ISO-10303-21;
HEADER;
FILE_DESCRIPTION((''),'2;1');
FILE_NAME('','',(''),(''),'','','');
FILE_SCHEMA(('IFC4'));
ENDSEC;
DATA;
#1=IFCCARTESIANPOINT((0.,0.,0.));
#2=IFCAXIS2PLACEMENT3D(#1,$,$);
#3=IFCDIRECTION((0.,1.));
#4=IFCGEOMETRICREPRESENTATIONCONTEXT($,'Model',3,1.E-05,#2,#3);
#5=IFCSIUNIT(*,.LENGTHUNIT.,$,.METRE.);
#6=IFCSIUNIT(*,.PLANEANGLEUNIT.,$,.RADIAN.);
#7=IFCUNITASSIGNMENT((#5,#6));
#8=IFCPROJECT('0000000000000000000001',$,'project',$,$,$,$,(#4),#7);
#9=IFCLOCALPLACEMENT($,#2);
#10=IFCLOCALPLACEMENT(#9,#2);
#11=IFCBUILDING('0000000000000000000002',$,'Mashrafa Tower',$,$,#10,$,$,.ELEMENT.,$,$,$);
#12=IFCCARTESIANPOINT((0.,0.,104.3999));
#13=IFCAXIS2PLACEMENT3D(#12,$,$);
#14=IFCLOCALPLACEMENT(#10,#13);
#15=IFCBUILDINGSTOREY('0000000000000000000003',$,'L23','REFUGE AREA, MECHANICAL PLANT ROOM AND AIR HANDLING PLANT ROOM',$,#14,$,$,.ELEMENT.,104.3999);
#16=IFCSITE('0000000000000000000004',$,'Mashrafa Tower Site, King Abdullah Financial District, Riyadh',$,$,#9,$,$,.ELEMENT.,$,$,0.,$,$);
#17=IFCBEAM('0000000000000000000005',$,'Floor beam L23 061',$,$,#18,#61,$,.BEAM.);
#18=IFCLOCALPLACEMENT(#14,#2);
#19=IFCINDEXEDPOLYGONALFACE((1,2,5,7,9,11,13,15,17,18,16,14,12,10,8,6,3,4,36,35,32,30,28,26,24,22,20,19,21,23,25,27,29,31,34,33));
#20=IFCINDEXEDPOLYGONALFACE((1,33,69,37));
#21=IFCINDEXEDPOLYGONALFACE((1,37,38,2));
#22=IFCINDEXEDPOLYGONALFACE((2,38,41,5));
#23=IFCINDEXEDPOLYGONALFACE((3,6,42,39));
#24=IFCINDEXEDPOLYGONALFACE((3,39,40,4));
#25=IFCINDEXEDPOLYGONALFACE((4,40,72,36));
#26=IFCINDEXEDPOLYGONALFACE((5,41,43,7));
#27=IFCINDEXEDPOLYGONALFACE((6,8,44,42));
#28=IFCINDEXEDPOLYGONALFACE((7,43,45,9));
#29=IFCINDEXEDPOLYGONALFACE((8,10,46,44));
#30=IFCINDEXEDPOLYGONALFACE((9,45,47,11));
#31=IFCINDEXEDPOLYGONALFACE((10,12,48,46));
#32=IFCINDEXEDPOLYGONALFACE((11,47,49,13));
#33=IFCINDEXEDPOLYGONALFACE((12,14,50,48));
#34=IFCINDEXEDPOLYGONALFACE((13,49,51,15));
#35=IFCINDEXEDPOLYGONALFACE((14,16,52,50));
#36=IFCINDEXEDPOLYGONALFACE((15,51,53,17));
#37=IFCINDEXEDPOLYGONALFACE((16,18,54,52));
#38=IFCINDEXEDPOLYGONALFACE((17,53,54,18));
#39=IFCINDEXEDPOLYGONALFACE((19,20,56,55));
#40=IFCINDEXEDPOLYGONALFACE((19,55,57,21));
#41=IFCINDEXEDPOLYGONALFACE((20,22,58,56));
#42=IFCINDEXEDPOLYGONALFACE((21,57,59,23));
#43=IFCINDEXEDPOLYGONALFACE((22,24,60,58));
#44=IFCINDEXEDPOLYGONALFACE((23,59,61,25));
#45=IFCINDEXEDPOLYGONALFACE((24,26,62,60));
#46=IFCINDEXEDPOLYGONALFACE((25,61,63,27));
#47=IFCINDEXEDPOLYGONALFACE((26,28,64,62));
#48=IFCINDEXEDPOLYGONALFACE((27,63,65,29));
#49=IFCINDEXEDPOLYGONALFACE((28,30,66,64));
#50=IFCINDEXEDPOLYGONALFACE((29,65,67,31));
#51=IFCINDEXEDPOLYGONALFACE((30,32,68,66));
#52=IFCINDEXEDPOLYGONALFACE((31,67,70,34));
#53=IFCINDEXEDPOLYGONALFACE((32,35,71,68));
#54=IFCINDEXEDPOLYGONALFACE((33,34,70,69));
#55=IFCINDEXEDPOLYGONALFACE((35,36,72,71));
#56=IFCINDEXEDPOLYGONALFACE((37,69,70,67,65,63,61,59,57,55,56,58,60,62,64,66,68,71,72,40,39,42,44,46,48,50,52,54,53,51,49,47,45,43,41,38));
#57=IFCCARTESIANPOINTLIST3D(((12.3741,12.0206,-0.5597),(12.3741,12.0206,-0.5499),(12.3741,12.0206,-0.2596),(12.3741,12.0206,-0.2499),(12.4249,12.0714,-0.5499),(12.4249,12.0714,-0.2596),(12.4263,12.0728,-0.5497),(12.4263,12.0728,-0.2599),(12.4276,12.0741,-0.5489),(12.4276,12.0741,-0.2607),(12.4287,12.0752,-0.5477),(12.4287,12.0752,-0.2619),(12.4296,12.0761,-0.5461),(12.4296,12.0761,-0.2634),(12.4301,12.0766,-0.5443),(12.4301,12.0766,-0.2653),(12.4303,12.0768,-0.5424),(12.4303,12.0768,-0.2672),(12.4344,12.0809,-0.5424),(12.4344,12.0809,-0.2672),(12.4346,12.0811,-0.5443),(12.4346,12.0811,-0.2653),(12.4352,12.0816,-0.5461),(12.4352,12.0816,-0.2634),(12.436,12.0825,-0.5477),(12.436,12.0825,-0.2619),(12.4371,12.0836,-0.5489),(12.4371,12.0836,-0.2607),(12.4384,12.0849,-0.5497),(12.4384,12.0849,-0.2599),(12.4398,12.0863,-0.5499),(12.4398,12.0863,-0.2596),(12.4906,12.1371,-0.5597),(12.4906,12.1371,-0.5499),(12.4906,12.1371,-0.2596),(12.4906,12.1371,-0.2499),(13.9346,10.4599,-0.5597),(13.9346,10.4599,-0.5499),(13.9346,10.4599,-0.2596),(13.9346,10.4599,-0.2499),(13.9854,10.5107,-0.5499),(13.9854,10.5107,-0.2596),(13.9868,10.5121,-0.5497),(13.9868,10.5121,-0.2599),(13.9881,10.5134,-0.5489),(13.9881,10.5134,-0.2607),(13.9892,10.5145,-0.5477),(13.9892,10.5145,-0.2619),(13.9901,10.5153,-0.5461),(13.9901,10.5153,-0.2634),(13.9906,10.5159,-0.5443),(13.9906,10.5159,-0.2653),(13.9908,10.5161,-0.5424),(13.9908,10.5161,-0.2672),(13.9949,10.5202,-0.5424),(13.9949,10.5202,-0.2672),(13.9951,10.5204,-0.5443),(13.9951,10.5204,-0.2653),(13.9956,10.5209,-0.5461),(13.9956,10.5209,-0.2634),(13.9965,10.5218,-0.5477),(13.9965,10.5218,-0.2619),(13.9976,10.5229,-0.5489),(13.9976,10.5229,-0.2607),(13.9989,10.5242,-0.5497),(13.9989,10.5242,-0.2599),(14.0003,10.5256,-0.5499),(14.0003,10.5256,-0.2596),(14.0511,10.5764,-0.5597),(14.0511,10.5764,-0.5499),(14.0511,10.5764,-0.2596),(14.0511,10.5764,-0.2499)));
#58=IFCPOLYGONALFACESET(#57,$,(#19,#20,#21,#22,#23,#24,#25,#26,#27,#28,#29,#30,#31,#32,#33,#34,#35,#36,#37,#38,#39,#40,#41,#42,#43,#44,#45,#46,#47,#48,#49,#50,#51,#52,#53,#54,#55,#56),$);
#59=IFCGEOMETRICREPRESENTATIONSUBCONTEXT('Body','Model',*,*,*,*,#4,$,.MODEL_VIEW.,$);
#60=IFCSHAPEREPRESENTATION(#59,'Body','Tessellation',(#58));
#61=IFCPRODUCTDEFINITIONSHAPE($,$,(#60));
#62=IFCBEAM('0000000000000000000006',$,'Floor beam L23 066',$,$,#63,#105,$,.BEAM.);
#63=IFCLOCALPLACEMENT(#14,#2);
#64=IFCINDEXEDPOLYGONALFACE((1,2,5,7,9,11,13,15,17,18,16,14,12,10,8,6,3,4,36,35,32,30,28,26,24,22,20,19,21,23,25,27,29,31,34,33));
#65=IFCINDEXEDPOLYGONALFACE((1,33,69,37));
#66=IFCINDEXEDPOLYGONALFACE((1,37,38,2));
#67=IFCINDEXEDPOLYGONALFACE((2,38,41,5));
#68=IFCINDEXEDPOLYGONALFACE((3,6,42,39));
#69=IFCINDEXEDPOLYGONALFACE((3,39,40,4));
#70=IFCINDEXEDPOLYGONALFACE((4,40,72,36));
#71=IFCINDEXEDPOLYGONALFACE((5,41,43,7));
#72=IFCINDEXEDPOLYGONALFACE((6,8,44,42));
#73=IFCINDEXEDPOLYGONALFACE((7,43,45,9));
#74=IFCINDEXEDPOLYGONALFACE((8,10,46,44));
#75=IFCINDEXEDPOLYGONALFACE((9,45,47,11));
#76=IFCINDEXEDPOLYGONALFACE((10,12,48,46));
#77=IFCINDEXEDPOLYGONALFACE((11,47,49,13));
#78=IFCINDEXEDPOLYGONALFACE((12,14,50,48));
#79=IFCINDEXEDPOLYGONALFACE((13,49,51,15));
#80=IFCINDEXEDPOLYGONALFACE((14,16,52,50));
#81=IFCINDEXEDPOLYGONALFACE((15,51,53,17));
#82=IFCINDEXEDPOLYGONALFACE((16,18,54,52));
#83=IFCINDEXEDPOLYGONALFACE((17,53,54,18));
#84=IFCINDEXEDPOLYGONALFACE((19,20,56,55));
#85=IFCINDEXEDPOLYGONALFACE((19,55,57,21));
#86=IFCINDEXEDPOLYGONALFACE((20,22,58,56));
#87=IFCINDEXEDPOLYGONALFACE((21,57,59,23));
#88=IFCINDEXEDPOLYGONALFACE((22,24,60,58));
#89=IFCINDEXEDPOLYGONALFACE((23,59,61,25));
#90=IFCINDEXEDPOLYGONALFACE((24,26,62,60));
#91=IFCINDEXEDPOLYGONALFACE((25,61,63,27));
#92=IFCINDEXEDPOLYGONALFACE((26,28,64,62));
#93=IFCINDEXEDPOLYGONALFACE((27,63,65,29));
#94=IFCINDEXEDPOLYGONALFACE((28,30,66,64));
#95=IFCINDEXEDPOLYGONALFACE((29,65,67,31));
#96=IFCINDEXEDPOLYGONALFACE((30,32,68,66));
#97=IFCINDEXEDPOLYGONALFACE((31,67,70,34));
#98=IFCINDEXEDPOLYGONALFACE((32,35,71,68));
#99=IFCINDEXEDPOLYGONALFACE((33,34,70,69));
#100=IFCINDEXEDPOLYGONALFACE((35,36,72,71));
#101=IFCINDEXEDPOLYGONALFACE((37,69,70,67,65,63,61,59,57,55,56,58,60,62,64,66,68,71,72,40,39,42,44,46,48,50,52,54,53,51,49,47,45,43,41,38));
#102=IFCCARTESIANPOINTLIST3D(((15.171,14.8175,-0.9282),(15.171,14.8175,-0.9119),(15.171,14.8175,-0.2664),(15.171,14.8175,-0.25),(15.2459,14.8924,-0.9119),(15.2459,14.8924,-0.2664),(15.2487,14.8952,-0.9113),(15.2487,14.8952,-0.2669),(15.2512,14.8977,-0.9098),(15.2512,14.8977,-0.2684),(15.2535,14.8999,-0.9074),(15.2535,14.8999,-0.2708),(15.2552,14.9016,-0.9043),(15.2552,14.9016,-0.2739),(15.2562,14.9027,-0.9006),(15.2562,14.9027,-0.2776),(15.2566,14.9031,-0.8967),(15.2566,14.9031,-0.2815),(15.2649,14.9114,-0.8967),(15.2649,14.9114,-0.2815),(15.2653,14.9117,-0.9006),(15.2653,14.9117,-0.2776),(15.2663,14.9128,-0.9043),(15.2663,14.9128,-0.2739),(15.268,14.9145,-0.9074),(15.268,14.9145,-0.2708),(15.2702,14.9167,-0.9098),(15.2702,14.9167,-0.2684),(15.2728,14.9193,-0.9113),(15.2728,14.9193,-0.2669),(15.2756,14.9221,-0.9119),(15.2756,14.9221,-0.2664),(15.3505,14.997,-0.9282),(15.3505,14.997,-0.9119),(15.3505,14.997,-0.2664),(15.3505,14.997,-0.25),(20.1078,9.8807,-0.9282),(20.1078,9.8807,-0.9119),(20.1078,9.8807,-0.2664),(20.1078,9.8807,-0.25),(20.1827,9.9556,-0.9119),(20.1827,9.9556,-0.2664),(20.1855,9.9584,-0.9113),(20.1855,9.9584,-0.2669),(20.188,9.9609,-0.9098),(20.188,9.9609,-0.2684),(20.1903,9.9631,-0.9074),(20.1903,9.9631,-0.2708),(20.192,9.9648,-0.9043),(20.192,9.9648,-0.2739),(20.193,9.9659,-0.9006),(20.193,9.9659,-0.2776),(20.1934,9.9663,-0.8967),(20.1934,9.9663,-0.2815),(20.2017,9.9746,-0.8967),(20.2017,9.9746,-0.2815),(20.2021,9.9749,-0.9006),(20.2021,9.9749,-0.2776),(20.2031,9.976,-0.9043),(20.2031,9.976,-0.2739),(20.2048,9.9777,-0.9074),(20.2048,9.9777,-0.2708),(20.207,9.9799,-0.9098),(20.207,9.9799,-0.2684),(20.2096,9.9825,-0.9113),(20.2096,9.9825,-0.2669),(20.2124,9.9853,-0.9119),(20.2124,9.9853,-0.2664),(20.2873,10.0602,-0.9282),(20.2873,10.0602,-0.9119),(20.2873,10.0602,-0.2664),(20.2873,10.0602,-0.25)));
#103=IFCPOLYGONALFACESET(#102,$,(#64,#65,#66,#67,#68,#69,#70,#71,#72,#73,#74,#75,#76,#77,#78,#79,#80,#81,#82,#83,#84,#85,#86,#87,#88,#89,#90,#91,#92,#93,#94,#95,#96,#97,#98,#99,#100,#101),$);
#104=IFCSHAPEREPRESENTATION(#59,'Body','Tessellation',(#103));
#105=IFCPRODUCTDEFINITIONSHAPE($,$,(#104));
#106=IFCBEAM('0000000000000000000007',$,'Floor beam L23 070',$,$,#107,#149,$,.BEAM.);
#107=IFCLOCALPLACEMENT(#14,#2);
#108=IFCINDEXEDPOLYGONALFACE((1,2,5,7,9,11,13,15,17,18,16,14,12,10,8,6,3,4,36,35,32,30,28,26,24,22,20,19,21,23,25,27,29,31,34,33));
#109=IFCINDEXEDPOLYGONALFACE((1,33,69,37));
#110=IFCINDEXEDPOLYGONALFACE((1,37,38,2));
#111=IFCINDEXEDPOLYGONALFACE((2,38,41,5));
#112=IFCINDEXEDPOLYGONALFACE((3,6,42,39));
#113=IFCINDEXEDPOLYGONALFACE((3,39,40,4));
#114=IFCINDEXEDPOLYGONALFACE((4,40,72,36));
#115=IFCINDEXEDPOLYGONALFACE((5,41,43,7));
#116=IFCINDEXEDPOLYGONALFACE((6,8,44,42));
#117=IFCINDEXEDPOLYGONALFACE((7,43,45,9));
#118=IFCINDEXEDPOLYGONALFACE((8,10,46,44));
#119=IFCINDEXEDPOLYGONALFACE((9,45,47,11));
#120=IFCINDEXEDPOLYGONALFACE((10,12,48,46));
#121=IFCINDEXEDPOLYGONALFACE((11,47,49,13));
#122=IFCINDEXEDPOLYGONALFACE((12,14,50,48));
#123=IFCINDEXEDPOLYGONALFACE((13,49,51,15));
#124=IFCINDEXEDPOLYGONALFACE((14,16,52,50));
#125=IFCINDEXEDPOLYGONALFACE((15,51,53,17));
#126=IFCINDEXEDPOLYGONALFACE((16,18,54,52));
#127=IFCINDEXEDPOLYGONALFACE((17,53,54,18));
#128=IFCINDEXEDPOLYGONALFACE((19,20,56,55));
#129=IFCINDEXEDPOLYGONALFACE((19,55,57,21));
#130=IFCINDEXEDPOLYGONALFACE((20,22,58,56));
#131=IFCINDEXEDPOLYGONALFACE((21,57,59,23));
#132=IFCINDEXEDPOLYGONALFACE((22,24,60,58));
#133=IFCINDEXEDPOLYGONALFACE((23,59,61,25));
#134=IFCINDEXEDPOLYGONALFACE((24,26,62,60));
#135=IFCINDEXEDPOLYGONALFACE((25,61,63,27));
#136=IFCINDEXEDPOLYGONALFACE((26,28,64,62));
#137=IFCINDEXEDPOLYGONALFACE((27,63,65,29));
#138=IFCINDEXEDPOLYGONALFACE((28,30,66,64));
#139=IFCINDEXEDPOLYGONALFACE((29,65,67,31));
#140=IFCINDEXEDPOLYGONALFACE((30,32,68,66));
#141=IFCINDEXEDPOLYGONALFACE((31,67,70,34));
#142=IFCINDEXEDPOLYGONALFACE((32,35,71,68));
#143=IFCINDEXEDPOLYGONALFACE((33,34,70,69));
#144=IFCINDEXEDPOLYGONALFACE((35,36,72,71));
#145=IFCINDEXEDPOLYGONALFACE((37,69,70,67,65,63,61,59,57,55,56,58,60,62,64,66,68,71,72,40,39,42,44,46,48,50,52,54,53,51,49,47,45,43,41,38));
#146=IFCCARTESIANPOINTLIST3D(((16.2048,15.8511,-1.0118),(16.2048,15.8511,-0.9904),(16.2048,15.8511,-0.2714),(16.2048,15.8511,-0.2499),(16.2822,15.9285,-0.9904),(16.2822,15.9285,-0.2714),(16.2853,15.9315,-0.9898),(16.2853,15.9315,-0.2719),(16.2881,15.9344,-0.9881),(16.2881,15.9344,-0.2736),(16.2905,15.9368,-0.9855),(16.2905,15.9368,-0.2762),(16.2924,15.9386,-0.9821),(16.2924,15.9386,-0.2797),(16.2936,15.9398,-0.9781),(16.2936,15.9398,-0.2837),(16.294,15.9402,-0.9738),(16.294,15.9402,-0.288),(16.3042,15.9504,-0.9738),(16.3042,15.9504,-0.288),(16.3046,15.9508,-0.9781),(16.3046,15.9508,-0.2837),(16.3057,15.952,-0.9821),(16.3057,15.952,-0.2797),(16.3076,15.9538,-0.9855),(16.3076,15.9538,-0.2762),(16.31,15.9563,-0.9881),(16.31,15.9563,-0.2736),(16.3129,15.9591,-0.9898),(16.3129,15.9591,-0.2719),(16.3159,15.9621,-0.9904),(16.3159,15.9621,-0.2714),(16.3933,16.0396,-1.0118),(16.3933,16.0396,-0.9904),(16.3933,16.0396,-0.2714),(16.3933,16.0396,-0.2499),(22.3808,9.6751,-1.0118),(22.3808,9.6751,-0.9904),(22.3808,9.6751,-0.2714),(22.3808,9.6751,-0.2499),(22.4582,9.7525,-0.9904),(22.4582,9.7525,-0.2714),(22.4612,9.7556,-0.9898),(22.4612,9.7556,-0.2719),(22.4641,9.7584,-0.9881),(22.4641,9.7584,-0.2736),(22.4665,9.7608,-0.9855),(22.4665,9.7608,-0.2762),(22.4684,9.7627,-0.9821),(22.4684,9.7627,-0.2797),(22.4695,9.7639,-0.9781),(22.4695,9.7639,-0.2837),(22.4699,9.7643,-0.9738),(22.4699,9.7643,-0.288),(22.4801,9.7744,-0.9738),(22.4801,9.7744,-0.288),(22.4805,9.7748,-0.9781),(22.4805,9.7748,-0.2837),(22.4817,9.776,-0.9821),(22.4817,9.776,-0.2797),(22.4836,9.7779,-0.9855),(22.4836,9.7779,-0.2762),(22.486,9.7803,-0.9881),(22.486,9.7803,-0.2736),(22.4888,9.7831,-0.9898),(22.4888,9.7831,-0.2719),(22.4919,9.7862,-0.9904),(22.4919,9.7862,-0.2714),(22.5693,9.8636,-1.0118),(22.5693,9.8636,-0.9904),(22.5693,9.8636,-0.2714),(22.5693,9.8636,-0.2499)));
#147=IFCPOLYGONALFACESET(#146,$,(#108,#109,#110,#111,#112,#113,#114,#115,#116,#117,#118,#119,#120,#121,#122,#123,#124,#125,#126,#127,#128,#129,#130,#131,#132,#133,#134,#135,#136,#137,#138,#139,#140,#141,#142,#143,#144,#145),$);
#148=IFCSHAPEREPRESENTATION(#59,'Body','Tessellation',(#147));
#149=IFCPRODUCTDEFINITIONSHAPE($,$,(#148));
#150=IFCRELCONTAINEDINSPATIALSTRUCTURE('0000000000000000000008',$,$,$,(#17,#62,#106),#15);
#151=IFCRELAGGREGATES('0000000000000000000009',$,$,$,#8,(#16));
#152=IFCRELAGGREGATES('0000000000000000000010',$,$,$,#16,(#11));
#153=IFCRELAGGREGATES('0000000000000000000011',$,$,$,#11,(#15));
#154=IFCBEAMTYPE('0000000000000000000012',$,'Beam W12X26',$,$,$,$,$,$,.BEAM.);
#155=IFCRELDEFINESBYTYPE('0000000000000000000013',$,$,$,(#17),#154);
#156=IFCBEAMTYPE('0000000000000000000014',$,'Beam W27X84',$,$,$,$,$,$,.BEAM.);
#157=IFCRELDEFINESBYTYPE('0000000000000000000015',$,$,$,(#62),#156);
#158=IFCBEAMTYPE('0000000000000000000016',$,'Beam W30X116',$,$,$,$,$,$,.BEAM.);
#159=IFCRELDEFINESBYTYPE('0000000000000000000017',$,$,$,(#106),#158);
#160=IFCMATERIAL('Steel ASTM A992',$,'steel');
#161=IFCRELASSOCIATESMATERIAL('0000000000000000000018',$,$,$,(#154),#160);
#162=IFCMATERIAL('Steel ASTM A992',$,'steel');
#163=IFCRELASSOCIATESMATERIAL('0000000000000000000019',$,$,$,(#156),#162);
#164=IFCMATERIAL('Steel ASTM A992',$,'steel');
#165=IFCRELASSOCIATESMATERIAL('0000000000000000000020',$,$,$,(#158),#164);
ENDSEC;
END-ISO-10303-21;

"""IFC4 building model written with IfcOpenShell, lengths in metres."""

from ifc_helpers import new_model, si_unit, direction, frame, origin, origin_2d, place, context, subcontext, project, spatial, i_section, extrude, material, material_profile, profile_set, type_object, element, save


model = new_model("IFC4")

# Units and contexts
model_context = context("Model", 3, precision=1e-05, world=origin(), true_north=direction((0.0, 1.0)))
body_context = subcontext(model_context, "Body", "Model", "MODEL_VIEW")
ifc_project = project(units=[si_unit("LENGTHUNIT", "METRE"), si_unit("PLANEANGLEUNIT", "RADIAN")], contexts=[model_context])

# Site, building, storey
site_placement = place(None, origin())
site = spatial("IfcSite", under=ifc_project, at=site_placement, Name="Mashrafa Tower Site, King Abdullah Financial District, Riyadh", CompositionType="ELEMENT", RefElevation=0.0)
building_placement = place(site_placement, origin())
building = spatial("IfcBuilding", under=site, at=building_placement, Name="Mashrafa Tower", CompositionType="ELEMENT")
storey_placement = place(building_placement, frame((0.0, 0.0, 104.3999)))
storey = spatial("IfcBuildingStorey", under=building, at=storey_placement, Name="L23", Description="REFUGE AREA, MECHANICAL PLANT ROOM AND AIR HANDLING PLANT ROOM", CompositionType="ELEMENT", Elevation=104.3999)

# Beams
ifc_material_1 = material(Name="Steel ASTM A992", Category="steel")
ifc_material_profile_1 = material_profile(ifc_material_1, i_section(OverallWidth=0.1648, OverallDepth=0.3098, WebThickness=0.0059, FlangeThickness=0.0098, FilletRadius=0.0076, at=origin_2d()), Name="W12X26")
ifc_profile_set_1 = profile_set([ifc_material_profile_1], Name="Steel ASTM A992")
beam_type_1 = type_object("IfcBeamType", Name="Beam W12X26", PredefinedType="BEAM", material=ifc_profile_set_1)
beam_1_placement = place(storey_placement, frame((12.4324, 12.0789, -0.4048), z_axis=(0.707051, -0.707162, 0.0), x_axis=(0.707162, 0.707051, 0.0)))
element("IfcBeam", 1, at=beam_1_placement, inside=storey, type_object=beam_type_1, Name="Floor beam L23 061", PredefinedType="BEAM", context=body_context, shape_type="SweptSolid", body=[
    extrude(i_section(OverallWidth=0.1648, OverallDepth=0.3098, WebThickness=0.0059, FlangeThickness=0.0098, FilletRadius=0.0076, at=origin_2d()), origin(), (0.0, 0.0, 1.0), 2.207),
])
ifc_material_2 = material(Name="Steel ASTM A992", Category="steel")
ifc_material_profile_2 = material_profile(ifc_material_2, i_section(OverallWidth=0.2539, OverallDepth=0.6782, WebThickness=0.0117, FlangeThickness=0.0164, FilletRadius=0.0151, at=origin_2d()), Name="W27X84")
ifc_profile_set_2 = profile_set([ifc_material_profile_2], Name="Steel ASTM A992")
beam_type_2 = type_object("IfcBeamType", Name="Beam W27X84", PredefinedType="BEAM", material=ifc_profile_set_2)
beam_2_placement = place(storey_placement, frame((15.2607, 14.9072, -0.5891), z_axis=(0.707107, -0.707107, 0.0), x_axis=(0.707107, 0.707107, 0.0)))
element("IfcBeam", 2, at=beam_2_placement, inside=storey, type_object=beam_type_2, Name="Floor beam L23 066", PredefinedType="BEAM", context=body_context, shape_type="SweptSolid", body=[
    extrude(i_section(OverallWidth=0.2539, OverallDepth=0.6782, WebThickness=0.0117, FlangeThickness=0.0164, FilletRadius=0.0151, at=origin_2d()), origin(), (0.0, 0.0, 1.0), 6.9817),
])
ifc_material_3 = material(Name="Steel ASTM A992", Category="steel")
ifc_material_profile_3 = material_profile(ifc_material_3, i_section(OverallWidth=0.2666, OverallDepth=0.762, WebThickness=0.0144, FlangeThickness=0.0215, FilletRadius=0.0166, at=origin_2d()), Name="W30X116")
ifc_profile_set_3 = profile_set([ifc_material_profile_3], Name="Steel ASTM A992")
beam_type_3 = type_object("IfcBeamType", Name="Beam W30X116", PredefinedType="BEAM", material=ifc_profile_set_3)
beam_3_placement = place(storey_placement, frame((16.2991, 15.9453, -0.6309), z_axis=(0.707107, -0.707107, 0.0), x_axis=(0.707107, 0.707107, 0.0)))
element("IfcBeam", 3, at=beam_3_placement, inside=storey, type_object=beam_type_3, Name="Floor beam L23 070", PredefinedType="BEAM", context=body_context, shape_type="SweptSolid", body=[
    extrude(i_section(OverallWidth=0.2666, OverallDepth=0.762, WebThickness=0.0144, FlangeThickness=0.0215, FilletRadius=0.0166, at=origin_2d()), origin(), (0.0, 0.0, 1.0), 8.7341),
])

save(model, "model.ifc")
